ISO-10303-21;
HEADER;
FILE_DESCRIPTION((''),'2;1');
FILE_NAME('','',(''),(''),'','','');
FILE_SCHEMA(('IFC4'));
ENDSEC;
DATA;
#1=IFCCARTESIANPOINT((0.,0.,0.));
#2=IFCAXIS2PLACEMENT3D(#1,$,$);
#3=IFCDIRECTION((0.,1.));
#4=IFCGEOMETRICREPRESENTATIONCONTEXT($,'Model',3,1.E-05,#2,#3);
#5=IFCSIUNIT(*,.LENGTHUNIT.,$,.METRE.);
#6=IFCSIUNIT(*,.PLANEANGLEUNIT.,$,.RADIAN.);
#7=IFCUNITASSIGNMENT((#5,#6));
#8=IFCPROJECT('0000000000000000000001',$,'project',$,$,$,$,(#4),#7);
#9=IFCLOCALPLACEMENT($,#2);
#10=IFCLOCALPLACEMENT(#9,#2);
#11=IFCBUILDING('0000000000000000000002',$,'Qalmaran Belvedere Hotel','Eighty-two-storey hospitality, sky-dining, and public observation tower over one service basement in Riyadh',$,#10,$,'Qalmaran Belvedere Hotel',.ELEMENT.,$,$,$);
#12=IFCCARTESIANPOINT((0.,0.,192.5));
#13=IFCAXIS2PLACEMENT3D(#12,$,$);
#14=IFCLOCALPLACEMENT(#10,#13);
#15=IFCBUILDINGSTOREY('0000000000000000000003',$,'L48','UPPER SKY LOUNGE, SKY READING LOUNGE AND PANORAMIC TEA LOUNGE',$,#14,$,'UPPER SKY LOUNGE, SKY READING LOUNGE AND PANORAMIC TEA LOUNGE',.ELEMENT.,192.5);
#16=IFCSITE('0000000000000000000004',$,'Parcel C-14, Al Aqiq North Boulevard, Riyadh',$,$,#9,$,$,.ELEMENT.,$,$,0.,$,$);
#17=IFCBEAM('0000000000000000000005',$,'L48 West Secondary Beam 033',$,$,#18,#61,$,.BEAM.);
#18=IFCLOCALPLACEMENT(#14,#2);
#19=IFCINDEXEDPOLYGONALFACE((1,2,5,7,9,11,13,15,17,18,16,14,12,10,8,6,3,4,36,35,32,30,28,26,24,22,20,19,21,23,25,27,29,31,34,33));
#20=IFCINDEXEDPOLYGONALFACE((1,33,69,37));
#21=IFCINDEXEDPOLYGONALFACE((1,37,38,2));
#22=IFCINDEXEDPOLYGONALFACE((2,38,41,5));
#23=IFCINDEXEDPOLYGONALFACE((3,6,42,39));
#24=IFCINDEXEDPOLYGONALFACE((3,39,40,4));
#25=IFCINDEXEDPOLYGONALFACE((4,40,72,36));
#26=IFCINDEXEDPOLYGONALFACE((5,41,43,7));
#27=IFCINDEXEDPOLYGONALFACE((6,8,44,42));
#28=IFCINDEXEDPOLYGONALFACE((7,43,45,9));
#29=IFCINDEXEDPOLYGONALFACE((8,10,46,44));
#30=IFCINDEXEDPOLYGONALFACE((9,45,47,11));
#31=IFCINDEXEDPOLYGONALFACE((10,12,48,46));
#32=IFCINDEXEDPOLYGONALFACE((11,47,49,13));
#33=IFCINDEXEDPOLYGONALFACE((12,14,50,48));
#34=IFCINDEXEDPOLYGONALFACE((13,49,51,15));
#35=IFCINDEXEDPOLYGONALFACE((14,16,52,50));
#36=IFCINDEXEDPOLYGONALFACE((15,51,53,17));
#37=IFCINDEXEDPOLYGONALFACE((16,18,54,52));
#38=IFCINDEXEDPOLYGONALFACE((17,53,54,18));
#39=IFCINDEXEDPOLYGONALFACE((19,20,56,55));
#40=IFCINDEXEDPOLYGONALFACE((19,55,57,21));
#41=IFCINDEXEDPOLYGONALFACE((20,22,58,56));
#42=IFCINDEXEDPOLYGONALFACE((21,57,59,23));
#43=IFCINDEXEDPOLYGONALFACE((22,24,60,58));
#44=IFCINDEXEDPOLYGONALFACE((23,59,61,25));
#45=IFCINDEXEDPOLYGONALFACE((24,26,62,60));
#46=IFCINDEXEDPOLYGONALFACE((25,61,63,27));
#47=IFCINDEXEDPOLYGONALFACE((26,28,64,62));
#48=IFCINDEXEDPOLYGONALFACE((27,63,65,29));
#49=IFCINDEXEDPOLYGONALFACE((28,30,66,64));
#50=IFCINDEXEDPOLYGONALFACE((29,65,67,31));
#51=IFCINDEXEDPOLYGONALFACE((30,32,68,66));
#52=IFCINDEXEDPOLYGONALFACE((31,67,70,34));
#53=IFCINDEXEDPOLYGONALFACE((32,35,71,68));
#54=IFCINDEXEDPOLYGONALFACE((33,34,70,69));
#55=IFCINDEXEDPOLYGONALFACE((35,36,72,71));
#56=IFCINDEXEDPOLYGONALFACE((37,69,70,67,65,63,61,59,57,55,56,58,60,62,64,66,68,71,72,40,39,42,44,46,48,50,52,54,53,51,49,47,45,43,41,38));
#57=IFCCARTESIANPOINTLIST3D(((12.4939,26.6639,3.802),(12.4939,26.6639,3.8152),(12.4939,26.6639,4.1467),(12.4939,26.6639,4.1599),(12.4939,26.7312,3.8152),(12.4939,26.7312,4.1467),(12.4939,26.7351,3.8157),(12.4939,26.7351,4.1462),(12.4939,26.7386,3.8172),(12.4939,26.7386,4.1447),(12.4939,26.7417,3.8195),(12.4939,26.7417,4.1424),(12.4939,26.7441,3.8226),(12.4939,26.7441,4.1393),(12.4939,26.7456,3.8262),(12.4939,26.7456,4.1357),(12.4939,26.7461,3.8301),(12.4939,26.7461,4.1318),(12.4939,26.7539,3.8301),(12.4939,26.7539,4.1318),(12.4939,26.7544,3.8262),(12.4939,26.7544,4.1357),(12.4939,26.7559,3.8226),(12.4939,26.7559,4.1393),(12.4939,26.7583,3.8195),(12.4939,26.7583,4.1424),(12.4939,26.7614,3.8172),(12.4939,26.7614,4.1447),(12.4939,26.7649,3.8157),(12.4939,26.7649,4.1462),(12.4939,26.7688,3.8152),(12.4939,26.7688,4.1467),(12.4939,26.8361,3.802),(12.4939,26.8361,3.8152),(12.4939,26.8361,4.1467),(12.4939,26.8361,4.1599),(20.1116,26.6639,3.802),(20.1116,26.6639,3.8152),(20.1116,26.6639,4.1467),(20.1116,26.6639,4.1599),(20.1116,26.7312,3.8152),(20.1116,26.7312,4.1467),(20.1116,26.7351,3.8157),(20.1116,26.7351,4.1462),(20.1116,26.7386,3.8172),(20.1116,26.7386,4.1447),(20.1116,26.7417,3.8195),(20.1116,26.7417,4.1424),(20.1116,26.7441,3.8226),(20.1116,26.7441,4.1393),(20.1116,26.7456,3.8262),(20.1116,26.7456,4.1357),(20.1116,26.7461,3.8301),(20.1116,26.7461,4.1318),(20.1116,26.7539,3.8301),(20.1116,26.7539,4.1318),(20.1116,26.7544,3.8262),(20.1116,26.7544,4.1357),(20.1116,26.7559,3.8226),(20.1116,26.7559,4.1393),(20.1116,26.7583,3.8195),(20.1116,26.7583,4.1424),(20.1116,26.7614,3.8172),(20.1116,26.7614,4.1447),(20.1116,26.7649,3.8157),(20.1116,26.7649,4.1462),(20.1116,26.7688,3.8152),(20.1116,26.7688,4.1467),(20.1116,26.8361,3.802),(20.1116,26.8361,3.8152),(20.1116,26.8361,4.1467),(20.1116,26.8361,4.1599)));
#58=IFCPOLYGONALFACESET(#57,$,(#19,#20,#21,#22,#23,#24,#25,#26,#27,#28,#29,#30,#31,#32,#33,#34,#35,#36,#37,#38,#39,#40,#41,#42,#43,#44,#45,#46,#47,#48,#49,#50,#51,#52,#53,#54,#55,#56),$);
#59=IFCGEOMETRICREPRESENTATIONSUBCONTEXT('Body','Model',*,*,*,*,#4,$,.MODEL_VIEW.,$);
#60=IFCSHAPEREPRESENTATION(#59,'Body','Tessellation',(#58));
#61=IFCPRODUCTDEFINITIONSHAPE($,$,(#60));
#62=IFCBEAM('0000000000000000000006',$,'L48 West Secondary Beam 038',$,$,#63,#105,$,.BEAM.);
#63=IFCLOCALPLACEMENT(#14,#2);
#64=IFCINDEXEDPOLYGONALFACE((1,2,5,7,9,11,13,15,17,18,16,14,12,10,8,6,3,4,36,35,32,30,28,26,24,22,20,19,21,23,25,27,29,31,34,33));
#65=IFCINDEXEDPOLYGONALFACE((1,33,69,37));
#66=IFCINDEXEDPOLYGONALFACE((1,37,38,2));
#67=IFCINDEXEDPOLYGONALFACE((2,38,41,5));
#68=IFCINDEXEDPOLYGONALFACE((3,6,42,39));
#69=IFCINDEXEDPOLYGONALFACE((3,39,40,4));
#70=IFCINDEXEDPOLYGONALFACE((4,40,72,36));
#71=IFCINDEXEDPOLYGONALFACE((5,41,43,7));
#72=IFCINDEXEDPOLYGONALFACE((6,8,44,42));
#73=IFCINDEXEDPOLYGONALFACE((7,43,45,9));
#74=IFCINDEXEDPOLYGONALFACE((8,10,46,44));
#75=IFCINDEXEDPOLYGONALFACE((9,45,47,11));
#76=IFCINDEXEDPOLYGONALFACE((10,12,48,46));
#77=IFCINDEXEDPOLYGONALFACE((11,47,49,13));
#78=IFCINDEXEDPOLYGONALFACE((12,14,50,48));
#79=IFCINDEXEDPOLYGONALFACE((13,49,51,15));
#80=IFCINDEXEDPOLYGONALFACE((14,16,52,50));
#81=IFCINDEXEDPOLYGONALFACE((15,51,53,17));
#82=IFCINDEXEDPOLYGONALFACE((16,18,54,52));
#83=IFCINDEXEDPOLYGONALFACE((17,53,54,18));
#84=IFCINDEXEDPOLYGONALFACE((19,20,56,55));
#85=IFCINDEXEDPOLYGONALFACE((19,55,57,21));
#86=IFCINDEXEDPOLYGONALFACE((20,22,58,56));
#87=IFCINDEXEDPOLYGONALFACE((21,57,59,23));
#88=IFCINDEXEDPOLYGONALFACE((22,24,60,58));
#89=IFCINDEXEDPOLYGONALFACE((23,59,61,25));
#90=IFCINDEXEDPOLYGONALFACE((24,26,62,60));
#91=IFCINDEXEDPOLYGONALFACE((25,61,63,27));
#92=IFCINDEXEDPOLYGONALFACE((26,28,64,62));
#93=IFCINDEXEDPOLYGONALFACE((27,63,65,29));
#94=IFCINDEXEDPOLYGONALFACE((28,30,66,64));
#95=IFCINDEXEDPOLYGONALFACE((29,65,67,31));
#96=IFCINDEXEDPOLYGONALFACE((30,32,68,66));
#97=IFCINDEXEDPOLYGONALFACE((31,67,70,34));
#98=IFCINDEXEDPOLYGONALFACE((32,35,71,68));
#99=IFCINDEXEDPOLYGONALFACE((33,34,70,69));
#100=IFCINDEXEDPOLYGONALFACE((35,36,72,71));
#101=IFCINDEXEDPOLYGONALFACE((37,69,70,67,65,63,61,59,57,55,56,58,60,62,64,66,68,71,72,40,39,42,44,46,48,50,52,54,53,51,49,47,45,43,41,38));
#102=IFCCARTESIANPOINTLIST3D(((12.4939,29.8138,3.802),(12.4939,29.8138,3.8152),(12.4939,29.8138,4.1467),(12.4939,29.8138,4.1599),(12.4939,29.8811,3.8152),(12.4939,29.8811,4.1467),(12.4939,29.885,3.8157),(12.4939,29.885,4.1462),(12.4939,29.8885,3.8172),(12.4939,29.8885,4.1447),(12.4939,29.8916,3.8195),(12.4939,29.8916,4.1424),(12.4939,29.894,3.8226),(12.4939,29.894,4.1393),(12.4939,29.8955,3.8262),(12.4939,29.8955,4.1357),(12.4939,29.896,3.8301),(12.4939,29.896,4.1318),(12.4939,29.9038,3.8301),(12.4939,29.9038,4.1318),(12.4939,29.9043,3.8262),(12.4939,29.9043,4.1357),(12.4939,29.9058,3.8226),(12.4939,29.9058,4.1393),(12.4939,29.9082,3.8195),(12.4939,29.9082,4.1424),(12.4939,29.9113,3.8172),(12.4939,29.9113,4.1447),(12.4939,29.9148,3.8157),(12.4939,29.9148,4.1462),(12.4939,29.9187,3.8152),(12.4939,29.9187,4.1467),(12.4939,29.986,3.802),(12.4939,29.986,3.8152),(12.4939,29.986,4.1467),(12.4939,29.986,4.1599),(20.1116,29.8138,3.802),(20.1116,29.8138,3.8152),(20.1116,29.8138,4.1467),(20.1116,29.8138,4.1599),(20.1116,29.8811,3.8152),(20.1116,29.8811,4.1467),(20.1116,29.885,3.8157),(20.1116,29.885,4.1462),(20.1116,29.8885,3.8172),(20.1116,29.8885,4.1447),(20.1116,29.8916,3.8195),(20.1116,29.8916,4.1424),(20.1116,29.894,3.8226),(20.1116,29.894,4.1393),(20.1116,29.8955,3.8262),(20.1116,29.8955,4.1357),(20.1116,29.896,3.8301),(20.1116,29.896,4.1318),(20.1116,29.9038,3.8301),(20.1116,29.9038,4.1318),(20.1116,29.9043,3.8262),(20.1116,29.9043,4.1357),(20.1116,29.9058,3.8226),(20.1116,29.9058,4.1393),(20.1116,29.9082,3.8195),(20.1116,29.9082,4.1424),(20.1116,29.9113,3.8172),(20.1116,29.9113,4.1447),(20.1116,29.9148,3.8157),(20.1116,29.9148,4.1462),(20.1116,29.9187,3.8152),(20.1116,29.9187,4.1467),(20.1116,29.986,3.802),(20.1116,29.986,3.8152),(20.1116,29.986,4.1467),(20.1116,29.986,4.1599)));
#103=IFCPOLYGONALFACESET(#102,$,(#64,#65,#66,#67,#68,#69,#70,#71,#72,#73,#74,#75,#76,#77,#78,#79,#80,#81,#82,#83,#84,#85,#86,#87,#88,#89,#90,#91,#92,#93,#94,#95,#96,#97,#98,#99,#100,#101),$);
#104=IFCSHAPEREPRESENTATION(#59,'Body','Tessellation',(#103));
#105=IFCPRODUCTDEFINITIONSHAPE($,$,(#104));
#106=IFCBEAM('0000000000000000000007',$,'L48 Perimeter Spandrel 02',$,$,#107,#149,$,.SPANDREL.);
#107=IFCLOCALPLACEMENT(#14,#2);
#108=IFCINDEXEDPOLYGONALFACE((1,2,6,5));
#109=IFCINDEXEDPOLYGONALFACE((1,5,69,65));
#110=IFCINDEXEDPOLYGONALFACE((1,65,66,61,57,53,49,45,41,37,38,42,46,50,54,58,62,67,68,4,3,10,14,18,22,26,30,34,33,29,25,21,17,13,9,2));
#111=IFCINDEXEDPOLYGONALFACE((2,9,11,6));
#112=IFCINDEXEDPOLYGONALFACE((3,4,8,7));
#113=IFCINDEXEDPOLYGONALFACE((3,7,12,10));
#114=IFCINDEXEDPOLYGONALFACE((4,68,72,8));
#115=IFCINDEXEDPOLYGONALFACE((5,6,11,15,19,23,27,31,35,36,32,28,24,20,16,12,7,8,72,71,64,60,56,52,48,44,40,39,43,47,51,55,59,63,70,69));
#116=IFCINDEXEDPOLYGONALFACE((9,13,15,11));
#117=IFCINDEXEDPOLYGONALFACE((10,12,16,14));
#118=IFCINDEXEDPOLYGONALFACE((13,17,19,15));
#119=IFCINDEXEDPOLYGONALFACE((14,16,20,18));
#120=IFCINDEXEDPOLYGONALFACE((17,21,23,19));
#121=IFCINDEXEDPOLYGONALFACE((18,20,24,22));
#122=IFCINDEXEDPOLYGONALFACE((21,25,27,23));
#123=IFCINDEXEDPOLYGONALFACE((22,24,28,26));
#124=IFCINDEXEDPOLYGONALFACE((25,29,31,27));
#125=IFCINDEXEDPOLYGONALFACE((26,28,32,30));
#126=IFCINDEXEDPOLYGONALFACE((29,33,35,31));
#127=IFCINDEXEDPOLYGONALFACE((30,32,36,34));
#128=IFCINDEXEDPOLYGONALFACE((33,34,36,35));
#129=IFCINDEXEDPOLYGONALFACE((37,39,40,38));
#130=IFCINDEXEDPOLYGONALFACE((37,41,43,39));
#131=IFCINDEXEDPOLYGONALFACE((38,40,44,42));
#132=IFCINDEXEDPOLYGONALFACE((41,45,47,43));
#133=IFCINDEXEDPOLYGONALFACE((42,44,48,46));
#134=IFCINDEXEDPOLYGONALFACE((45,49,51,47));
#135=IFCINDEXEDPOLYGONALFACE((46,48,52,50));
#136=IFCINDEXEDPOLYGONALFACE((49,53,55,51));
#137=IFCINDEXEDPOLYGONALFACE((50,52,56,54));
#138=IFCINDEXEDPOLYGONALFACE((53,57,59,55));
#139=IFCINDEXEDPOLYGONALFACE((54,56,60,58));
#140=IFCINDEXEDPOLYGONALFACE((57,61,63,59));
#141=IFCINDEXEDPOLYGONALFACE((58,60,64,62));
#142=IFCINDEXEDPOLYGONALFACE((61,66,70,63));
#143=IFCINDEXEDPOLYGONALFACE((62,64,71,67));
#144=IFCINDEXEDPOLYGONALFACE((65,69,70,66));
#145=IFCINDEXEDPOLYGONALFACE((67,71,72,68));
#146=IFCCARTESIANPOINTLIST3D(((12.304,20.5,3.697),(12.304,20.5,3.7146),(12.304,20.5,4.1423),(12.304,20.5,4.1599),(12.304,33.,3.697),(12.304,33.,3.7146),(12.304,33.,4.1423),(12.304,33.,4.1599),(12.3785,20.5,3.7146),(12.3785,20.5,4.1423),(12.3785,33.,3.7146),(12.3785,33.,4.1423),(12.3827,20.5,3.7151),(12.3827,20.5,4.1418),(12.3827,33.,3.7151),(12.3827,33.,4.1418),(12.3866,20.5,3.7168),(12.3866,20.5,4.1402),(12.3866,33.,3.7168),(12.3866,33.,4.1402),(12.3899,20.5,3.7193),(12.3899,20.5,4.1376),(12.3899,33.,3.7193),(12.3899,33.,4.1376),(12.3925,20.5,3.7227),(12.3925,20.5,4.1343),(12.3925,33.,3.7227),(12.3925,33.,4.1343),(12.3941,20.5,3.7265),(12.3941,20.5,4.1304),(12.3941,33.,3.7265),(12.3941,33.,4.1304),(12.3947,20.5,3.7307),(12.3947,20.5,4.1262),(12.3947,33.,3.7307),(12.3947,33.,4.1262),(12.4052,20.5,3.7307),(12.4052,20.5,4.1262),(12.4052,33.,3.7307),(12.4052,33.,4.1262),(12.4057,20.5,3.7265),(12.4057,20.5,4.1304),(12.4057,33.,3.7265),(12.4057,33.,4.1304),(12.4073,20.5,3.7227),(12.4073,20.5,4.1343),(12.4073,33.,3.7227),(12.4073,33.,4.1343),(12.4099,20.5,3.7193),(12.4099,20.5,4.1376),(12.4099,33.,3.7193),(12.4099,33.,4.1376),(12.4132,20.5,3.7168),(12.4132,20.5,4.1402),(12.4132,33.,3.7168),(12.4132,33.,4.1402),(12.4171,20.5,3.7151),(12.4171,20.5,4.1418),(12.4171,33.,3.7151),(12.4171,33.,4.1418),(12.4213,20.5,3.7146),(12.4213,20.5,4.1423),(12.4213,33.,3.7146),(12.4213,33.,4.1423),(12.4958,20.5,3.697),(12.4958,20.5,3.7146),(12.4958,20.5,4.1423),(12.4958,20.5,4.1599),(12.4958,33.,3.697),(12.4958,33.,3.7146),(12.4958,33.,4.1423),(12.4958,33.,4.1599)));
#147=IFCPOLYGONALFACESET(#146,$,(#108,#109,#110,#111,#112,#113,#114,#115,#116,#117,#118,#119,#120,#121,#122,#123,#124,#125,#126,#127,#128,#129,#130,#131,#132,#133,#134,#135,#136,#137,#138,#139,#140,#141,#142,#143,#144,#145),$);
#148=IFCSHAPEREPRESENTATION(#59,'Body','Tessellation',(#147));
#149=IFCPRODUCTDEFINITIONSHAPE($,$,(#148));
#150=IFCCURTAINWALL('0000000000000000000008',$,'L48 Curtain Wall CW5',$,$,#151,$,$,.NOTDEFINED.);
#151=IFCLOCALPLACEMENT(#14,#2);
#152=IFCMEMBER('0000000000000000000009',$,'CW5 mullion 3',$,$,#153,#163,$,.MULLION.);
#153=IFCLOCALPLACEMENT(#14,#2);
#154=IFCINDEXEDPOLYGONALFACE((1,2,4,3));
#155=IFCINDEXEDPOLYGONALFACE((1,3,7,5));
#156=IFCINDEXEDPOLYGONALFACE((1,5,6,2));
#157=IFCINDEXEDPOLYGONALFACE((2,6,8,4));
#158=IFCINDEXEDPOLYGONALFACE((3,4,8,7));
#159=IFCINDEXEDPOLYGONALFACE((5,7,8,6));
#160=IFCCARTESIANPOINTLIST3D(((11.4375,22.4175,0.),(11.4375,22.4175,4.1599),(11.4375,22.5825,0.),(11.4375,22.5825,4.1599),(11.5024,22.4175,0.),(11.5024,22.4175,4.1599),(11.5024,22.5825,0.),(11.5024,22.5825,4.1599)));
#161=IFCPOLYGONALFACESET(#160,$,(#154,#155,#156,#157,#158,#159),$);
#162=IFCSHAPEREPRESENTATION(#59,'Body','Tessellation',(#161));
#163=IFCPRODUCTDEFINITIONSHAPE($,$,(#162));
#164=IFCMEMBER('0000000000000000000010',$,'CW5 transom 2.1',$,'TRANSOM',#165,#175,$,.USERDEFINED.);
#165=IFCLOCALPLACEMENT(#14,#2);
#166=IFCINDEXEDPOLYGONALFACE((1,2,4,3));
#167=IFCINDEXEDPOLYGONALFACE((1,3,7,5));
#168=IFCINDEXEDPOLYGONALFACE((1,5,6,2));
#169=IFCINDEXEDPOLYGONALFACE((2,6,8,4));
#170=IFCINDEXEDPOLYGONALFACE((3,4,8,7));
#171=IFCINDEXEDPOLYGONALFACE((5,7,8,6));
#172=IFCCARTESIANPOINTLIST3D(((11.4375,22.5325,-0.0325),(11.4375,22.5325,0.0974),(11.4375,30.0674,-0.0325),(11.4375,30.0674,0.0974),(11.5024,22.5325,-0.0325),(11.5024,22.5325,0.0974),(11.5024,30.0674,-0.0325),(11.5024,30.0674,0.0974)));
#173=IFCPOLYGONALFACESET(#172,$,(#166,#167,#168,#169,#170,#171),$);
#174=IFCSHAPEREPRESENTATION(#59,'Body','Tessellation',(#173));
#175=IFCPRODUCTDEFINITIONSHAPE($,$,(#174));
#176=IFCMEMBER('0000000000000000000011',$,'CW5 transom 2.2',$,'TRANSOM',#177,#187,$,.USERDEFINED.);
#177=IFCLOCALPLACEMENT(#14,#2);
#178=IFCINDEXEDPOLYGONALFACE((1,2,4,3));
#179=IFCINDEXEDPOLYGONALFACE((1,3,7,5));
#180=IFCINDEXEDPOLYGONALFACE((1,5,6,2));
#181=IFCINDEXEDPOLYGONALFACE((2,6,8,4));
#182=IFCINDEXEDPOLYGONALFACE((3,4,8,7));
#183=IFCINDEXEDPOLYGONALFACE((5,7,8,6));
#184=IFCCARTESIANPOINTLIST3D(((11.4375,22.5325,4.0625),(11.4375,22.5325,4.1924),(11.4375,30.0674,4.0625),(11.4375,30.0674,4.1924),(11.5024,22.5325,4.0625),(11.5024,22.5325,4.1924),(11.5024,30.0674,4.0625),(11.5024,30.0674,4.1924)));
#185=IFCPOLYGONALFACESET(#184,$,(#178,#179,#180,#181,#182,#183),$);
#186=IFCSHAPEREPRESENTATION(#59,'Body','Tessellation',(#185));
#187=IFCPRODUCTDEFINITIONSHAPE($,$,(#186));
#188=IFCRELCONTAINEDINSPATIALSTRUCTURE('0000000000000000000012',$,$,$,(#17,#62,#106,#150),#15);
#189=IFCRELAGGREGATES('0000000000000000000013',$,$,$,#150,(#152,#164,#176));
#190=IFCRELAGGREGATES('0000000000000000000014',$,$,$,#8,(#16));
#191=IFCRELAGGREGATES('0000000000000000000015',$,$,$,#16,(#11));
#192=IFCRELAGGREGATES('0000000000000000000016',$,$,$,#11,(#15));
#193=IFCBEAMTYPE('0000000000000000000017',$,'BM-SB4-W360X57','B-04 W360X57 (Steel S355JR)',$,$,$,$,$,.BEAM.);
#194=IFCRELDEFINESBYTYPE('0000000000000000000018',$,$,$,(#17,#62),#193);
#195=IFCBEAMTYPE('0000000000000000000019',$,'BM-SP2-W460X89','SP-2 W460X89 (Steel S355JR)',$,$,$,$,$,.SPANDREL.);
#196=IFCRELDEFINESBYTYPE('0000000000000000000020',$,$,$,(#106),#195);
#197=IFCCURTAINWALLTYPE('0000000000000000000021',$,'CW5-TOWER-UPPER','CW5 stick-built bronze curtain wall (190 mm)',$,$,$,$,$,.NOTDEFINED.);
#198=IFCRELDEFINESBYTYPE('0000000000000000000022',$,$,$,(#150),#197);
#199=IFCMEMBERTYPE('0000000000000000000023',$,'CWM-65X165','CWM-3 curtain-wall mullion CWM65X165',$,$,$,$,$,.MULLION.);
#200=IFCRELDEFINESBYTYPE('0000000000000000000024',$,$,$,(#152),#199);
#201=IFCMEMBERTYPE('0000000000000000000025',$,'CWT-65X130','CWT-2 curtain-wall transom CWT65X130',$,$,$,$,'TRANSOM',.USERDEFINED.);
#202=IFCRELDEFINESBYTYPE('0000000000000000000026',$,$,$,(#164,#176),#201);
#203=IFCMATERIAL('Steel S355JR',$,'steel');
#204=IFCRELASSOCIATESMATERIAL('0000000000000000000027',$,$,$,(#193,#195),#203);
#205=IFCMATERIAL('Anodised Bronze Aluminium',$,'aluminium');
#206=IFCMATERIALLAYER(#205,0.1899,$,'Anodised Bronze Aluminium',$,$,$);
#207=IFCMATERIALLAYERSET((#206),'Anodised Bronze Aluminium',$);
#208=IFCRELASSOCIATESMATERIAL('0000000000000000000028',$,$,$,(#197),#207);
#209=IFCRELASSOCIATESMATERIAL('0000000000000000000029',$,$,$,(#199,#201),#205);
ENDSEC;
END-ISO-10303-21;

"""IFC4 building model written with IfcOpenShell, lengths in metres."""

from ifc_helpers import new_model, si_unit, direction, frame, origin, origin_2d, place, context, subcontext, project, spatial, rectangle, i_section, extrude, material, layer, layer_set, material_profile, profile_set, type_object, element, aggregate, save


model = new_model("IFC4")

# Units and contexts
model_context = context("Model", 3, precision=1e-05, world=origin(), true_north=direction((0.0, 1.0)))
body_context = subcontext(model_context, "Body", "Model", "MODEL_VIEW")
ifc_project = project(units=[si_unit("LENGTHUNIT", "METRE"), si_unit("PLANEANGLEUNIT", "RADIAN")], contexts=[model_context])

# Site, building, storey
site_placement = place(None, origin())
site = spatial("IfcSite", under=ifc_project, at=site_placement, Name="Parcel C-14, Al Aqiq North Boulevard, Riyadh", CompositionType="ELEMENT", RefElevation=0.0)
building_placement = place(site_placement, origin())
building = spatial("IfcBuilding", under=site, at=building_placement, Name="Qalmaran Belvedere Hotel", Description="Eighty-two-storey hospitality, sky-dining, and public observation tower over one service basement in Riyadh", LongName="Qalmaran Belvedere Hotel", CompositionType="ELEMENT")
storey_placement = place(building_placement, frame((0.0, 0.0, 192.5)))
storey = spatial("IfcBuildingStorey", under=building, at=storey_placement, Name="L48", Description="UPPER SKY LOUNGE, SKY READING LOUNGE AND PANORAMIC TEA LOUNGE", LongName="UPPER SKY LOUNGE, SKY READING LOUNGE AND PANORAMIC TEA LOUNGE", CompositionType="ELEMENT", Elevation=192.5)

# Beams
ifc_material_1 = material(Name="Steel S355JR", Category="steel")
ifc_material_profile_1 = material_profile(ifc_material_1, i_section(OverallWidth=0.1721, OverallDepth=0.3579, WebThickness=0.0078, FlangeThickness=0.0132, FilletRadius=0.0149, at=origin_2d()), Name="W360X57")
ifc_profile_set_1 = profile_set([ifc_material_profile_1], Name="Steel S355JR")
beam_type_1 = type_object("IfcBeamType", Name="BM-SB4-W360X57", Description="B-04 W360X57 (Steel S355JR)", PredefinedType="BEAM", material=ifc_profile_set_1)
for number, where, z_axis, x_axis, name in (
    (1, (12.4939, 26.75, 3.981), (1.0, 0.0, 0.0), (0.0, 1.0, 0.0), "L48 West Secondary Beam 033"),
    (2, (12.4939, 29.8999, 3.981), (1.0, 0.0, 0.0), (0.0, 1.0, 0.0), "L48 West Secondary Beam 038"),
):
    element("IfcBeam", number, at=place(storey_placement, frame(where, z_axis=z_axis, x_axis=x_axis)), inside=storey, type_object=beam_type_1, Name=name, PredefinedType="BEAM", context=body_context, shape_type="SweptSolid", body=[
        extrude(i_section(OverallWidth=0.1721, OverallDepth=0.3579, WebThickness=0.0078, FlangeThickness=0.0132, FilletRadius=0.0149, at=origin_2d()), origin(), (0.0, 0.0, 1.0), 7.6177),
    ])
ifc_material_profile_2 = material_profile(ifc_material_1, i_section(OverallWidth=0.1919, OverallDepth=0.4629, WebThickness=0.0105, FlangeThickness=0.0176, FilletRadius=0.0161, at=origin_2d()), Name="W460X89")
ifc_profile_set_2 = profile_set([ifc_material_profile_2], Name="Steel S355JR")
beam_type_2 = type_object("IfcBeamType", Name="BM-SP2-W460X89", Description="SP-2 W460X89 (Steel S355JR)", PredefinedType="SPANDREL", material=ifc_profile_set_2)
beam_1_placement = place(storey_placement, frame((12.3999, 20.5, 3.9285), z_axis=(0.0, 1.0, 0.0), x_axis=(-1.0, 0.0, 0.0)))
element("IfcBeam", 3, at=beam_1_placement, inside=storey, type_object=beam_type_2, Name="L48 Perimeter Spandrel 02", PredefinedType="SPANDREL", context=body_context, shape_type="SweptSolid", body=[
    extrude(i_section(OverallWidth=0.1919, OverallDepth=0.4629, WebThickness=0.0105, FlangeThickness=0.0176, FilletRadius=0.0161, at=origin_2d()), origin(), (0.0, 0.0, 1.0), 12.5),
])

# Curtain wall, members
ifc_material_2 = material(Name="Anodised Bronze Aluminium", Category="aluminium")
ifc_layer_1 = layer(ifc_material_2, 0.1899, Name="Anodised Bronze Aluminium")
ifc_layer_set_1 = layer_set([ifc_layer_1], Name="Anodised Bronze Aluminium")
curtain_wall_type = type_object("IfcCurtainWallType", Name="CW5-TOWER-UPPER", Description="CW5 stick-built bronze curtain wall (190 mm)", PredefinedType="NOTDEFINED", material=ifc_layer_set_1)
curtain_wall_placement = place(storey_placement, origin())
curtain_wall = element("IfcCurtainWall", 4, at=curtain_wall_placement, inside=storey, type_object=curtain_wall_type, Name="L48 Curtain Wall CW5", PredefinedType="NOTDEFINED")
ifc_material_profile_3 = material_profile(ifc_material_2, rectangle(XDim=0.0649, YDim=0.165, at=origin_2d()), Name="CWM65X165")
ifc_profile_set_3 = profile_set([ifc_material_profile_3], Name="Anodised Bronze Aluminium")
member_type_1 = type_object("IfcMemberType", Name="CWM-65X165", Description="CWM-3 curtain-wall mullion CWM65X165", PredefinedType="MULLION", material=ifc_profile_set_3)
member_1_placement = place(storey_placement, frame((11.47, 22.5, 0.0), z_axis=(0.0, 0.0, 1.0), x_axis=(1.0, 0.0, 0.0)))
member_1 = element("IfcMember", 5, at=member_1_placement, type_object=member_type_1, Name="CW5 mullion 3", PredefinedType="MULLION", context=body_context, shape_type="SweptSolid", body=[
    extrude(rectangle(XDim=0.0649, YDim=0.165, at=origin_2d()), origin(), (0.0, 0.0, 1.0), 4.1599),
])
ifc_material_profile_4 = material_profile(ifc_material_2, rectangle(XDim=0.0649, YDim=0.1299, at=origin_2d()), Name="CWT65X130")
ifc_profile_set_4 = profile_set([ifc_material_profile_4], Name="Anodised Bronze Aluminium")
member_type_2 = type_object("IfcMemberType", Name="CWT-65X130", Description="CWT-2 curtain-wall transom CWT65X130", ElementType="TRANSOM", PredefinedType="USERDEFINED", material=ifc_profile_set_4)
member_2_placement = place(storey_placement, frame((11.47, 30.0674, 0.0325), z_axis=(0.0, -1.0, 0.0), x_axis=(1.0, 0.0, 0.0)))
member_2 = element("IfcMember", 6, at=member_2_placement, type_object=member_type_2, Name="CW5 transom 2.1", ObjectType="TRANSOM", PredefinedType="USERDEFINED", context=body_context, shape_type="SweptSolid", body=[
    extrude(rectangle(XDim=0.0649, YDim=0.1299, at=origin_2d()), origin(), (0.0, 0.0, 1.0), 7.5349),
])
member_3_placement = place(storey_placement, frame((11.47, 30.0674, 4.1274), z_axis=(0.0, -1.0, 0.0), x_axis=(1.0, 0.0, 0.0)))
member_3 = element("IfcMember", 7, at=member_3_placement, type_object=member_type_2, Name="CW5 transom 2.2", ObjectType="TRANSOM", PredefinedType="USERDEFINED", context=body_context, shape_type="SweptSolid", body=[
    extrude(rectangle(XDim=0.0649, YDim=0.1299, at=origin_2d()), origin(), (0.0, 0.0, 1.0), 7.5349),
])
aggregate(curtain_wall, [member_1, member_2, member_3])

save(model, "model.ifc")
